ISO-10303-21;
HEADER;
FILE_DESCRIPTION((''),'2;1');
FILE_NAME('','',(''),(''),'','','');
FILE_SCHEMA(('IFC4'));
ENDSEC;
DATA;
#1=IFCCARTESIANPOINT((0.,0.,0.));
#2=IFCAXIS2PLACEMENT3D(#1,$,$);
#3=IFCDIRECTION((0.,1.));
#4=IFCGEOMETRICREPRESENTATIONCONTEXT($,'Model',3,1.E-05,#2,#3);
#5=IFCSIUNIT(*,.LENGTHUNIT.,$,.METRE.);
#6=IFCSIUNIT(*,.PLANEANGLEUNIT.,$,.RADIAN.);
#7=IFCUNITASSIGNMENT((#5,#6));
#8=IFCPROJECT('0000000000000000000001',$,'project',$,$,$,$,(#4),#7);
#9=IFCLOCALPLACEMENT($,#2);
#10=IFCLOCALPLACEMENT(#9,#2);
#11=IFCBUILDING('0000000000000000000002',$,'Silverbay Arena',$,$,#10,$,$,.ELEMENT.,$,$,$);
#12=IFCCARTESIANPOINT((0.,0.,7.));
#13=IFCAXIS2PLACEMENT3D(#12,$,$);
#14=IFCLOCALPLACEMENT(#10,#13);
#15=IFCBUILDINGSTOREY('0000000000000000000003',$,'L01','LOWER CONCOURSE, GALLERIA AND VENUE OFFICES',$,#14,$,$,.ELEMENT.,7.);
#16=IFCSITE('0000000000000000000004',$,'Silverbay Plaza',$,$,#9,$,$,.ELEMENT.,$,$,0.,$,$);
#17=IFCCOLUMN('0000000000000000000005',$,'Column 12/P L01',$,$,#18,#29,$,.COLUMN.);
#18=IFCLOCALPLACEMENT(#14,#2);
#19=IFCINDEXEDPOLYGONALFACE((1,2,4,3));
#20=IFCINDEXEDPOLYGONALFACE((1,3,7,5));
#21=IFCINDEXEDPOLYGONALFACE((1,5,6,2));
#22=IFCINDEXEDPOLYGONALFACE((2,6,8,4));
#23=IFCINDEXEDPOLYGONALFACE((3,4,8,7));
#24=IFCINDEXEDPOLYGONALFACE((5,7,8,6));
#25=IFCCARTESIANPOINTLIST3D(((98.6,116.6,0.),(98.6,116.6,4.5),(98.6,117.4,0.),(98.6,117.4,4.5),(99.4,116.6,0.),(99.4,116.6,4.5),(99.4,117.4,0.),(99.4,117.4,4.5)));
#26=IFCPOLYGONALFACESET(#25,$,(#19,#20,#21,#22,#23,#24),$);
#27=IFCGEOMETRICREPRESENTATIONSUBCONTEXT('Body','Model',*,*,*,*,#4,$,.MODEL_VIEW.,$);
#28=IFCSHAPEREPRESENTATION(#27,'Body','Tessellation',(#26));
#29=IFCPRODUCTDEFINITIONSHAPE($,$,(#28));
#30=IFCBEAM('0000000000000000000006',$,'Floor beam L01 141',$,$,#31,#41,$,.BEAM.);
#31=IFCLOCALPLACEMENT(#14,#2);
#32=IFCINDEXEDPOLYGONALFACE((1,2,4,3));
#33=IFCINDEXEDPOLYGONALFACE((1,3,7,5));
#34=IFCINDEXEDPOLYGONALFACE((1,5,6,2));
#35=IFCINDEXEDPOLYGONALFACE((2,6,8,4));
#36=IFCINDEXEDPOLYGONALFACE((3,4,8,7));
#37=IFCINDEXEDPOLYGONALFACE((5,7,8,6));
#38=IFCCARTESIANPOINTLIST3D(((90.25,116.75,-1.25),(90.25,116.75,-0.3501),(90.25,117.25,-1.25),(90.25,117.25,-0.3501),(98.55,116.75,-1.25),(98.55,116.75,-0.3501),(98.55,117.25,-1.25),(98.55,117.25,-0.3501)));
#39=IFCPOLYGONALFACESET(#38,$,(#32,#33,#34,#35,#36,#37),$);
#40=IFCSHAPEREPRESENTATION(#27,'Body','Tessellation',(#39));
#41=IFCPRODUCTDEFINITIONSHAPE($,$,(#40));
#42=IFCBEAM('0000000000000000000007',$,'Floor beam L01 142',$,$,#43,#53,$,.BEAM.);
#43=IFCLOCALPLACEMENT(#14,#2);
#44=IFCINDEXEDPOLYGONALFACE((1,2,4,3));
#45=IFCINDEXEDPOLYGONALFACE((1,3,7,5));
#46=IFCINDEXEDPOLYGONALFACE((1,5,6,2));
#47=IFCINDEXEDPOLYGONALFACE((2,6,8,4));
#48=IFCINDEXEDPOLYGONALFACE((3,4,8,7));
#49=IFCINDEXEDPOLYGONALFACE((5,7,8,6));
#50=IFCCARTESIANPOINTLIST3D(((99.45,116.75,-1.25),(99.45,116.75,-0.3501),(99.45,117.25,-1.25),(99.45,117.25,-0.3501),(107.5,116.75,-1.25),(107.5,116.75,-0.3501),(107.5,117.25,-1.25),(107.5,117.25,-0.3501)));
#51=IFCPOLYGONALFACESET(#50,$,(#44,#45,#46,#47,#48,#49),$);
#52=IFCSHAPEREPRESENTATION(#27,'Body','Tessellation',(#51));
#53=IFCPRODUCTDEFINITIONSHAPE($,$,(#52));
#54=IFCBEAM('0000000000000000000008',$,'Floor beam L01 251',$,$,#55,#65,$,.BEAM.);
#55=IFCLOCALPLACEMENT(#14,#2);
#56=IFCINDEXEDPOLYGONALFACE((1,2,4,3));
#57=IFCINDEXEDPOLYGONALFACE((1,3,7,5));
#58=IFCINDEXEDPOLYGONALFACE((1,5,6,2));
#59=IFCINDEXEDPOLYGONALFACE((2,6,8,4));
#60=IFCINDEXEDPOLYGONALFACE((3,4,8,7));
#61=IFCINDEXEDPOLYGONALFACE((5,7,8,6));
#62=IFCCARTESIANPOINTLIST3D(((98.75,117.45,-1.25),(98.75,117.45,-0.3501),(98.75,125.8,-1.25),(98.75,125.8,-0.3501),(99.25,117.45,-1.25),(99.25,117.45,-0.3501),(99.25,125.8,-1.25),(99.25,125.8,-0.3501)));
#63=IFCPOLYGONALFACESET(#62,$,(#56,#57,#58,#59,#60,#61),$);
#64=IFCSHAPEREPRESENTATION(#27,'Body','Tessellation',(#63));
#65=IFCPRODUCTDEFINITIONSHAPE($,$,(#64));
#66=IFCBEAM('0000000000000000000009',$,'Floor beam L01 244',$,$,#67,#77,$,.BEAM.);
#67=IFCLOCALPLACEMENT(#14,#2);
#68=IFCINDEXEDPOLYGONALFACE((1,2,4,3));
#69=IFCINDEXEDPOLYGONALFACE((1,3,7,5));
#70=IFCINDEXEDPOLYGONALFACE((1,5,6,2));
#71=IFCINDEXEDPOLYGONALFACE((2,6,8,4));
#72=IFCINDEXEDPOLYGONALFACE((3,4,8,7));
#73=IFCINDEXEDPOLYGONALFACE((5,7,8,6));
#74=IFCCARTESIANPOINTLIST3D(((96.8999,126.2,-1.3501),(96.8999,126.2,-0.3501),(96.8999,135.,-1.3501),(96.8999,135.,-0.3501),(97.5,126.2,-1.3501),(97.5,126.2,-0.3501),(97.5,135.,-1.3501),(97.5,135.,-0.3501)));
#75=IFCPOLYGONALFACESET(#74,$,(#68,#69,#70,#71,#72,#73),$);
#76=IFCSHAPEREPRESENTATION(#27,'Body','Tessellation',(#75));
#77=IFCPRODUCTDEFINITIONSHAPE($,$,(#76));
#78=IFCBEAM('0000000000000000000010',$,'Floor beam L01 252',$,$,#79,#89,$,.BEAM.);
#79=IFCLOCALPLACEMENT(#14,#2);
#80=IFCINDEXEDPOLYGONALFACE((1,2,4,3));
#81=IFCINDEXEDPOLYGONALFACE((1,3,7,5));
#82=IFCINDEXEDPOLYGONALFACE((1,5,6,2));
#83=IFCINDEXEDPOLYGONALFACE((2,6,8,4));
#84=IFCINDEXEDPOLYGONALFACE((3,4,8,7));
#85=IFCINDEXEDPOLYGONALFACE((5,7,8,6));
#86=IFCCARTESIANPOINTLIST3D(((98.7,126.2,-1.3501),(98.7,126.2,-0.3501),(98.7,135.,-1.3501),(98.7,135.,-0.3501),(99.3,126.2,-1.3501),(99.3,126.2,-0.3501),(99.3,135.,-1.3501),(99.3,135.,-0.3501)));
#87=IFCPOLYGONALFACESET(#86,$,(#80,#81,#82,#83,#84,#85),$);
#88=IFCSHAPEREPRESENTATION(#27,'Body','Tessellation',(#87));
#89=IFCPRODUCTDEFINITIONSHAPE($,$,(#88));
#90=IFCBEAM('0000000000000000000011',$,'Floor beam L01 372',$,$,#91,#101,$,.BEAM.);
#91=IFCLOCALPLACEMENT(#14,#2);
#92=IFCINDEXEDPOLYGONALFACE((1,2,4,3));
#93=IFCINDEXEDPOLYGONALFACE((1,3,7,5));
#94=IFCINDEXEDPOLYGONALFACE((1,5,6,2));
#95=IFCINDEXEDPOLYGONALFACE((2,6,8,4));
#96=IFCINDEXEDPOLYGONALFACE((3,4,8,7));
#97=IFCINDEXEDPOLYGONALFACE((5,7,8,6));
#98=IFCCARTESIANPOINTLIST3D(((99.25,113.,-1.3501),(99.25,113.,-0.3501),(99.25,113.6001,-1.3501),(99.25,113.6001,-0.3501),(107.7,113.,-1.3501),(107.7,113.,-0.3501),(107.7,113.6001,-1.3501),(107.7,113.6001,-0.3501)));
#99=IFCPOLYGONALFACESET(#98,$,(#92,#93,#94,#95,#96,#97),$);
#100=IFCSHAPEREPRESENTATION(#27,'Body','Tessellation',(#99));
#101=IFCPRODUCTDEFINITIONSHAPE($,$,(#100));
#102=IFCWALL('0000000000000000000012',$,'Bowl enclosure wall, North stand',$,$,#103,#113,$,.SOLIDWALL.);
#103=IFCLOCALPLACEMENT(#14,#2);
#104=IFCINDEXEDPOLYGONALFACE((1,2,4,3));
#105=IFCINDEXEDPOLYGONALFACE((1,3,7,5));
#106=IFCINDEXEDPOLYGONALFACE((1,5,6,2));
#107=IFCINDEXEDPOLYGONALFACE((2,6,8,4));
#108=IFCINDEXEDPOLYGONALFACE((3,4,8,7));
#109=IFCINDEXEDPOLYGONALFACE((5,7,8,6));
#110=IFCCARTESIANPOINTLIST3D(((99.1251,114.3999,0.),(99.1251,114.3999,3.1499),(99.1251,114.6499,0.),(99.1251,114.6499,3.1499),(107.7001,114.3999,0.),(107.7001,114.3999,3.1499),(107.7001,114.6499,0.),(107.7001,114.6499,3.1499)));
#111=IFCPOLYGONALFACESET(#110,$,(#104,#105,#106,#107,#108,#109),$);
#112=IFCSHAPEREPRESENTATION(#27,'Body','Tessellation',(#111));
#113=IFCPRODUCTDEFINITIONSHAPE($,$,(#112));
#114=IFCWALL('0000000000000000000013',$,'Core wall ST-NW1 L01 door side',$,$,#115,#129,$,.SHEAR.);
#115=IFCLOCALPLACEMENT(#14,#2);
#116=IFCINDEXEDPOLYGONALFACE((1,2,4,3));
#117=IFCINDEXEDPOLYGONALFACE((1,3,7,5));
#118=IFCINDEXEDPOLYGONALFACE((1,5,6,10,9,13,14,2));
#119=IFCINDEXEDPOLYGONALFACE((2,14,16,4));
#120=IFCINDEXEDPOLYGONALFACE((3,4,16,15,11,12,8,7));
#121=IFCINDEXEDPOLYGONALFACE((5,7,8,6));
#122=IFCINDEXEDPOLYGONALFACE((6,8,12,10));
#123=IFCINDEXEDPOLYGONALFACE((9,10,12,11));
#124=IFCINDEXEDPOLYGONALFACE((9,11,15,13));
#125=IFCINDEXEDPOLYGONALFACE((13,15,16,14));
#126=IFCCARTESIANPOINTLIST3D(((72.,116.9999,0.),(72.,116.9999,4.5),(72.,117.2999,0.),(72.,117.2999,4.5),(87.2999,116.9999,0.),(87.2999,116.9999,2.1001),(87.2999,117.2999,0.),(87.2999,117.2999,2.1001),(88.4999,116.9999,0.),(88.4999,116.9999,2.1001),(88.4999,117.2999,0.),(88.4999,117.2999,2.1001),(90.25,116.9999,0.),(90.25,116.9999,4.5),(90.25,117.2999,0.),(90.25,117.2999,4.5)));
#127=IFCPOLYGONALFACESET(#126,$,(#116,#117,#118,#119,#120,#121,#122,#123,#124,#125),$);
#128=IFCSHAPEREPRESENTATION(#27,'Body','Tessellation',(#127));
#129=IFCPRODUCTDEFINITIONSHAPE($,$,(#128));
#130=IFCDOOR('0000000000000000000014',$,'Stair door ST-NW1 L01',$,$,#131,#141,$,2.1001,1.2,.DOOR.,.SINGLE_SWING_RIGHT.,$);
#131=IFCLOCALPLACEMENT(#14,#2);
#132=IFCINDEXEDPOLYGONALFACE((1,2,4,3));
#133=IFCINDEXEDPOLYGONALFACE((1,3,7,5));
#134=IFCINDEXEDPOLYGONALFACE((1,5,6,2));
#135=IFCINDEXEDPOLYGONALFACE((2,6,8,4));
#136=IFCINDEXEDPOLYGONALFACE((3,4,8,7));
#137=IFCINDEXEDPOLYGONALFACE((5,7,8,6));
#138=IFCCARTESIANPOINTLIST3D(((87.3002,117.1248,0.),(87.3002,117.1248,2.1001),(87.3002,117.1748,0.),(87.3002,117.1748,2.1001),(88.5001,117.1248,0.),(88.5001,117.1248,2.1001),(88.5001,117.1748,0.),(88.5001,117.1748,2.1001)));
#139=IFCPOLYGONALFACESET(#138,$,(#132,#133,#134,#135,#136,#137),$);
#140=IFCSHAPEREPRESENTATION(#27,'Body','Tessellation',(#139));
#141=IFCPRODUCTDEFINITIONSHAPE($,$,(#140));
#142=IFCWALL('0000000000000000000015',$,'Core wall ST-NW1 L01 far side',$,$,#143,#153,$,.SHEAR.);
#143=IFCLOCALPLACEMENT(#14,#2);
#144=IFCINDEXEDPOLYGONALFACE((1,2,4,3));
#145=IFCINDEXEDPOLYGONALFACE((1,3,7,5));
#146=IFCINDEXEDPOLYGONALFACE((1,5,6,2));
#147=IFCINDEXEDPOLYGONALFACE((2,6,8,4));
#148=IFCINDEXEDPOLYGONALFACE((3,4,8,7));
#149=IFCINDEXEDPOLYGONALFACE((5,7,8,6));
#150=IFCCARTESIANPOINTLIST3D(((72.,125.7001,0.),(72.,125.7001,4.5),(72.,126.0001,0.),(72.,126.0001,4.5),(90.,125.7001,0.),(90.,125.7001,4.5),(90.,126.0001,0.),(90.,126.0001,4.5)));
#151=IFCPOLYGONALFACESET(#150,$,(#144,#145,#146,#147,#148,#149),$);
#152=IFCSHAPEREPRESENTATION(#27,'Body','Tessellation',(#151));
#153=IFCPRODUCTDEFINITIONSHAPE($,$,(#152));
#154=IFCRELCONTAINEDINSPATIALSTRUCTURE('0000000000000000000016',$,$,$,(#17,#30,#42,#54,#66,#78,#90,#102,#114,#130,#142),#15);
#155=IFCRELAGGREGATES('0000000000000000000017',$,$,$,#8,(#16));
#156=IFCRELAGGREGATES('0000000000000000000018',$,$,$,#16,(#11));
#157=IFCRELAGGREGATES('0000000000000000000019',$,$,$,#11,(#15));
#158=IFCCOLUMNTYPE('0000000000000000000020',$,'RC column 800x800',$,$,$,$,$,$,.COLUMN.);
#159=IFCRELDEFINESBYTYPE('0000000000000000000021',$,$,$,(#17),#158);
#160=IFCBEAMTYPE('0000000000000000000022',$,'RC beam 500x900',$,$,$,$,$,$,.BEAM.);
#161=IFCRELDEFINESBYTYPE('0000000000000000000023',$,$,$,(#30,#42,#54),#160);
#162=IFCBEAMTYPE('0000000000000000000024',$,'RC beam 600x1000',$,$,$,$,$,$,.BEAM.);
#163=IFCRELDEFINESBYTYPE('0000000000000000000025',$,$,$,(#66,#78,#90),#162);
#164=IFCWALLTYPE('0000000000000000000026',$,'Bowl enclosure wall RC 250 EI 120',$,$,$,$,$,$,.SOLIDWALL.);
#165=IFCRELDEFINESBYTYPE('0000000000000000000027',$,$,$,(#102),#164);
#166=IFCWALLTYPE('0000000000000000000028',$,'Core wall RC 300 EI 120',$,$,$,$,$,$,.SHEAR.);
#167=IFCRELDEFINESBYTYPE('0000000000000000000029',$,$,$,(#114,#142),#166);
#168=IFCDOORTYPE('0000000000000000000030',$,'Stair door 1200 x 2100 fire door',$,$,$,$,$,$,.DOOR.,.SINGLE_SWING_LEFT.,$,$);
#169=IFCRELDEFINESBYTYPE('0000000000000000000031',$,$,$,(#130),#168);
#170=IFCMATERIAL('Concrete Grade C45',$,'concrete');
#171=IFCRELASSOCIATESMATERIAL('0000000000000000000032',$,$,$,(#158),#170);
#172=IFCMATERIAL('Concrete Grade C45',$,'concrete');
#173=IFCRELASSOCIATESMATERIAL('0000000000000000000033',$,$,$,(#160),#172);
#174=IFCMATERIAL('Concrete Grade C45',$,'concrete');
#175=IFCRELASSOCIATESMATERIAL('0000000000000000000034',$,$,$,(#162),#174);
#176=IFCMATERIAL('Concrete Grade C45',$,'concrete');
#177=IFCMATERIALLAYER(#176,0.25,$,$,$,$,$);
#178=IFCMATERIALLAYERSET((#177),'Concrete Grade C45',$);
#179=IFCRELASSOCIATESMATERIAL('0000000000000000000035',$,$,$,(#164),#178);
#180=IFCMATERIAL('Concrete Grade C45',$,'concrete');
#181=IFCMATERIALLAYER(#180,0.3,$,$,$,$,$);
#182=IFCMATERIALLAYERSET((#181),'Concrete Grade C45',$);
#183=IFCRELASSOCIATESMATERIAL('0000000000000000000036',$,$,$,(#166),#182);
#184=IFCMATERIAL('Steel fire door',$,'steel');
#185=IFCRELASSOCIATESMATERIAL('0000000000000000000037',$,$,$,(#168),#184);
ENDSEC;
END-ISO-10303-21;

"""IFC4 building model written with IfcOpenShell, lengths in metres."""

from ifc_helpers import new_model, si_unit, direction, frame, frame_2d, origin, origin_2d, place, context, subcontext, project, spatial, rectangle, extrude, material, layer, layer_set, material_profile, profile_set, type_object, element, fill, save


model = new_model("IFC4")

# Units and contexts
model_context = context("Model", 3, precision=1e-05, world=origin(), true_north=direction((0.0, 1.0)))
body_context = subcontext(model_context, "Body", "Model", "MODEL_VIEW")
ifc_project = project(units=[si_unit("LENGTHUNIT", "METRE"), si_unit("PLANEANGLEUNIT", "RADIAN")], contexts=[model_context])

# Site, building, storey
site_placement = place(None, origin())
site = spatial("IfcSite", under=ifc_project, at=site_placement, Name="Silverbay Plaza", CompositionType="ELEMENT", RefElevation=0.0)
building_placement = place(site_placement, origin())
building = spatial("IfcBuilding", under=site, at=building_placement, Name="Silverbay Arena", CompositionType="ELEMENT")
storey_placement = place(building_placement, frame((0.0, 0.0, 7.0)))
storey = spatial("IfcBuildingStorey", under=building, at=storey_placement, Name="L01", Description="LOWER CONCOURSE, GALLERIA AND VENUE OFFICES", CompositionType="ELEMENT", Elevation=7.0)

# Column
ifc_material_1 = material(Name="Concrete Grade C45", Category="concrete")
ifc_material_profile_1 = material_profile(ifc_material_1, rectangle(XDim=0.8, YDim=0.8, at=origin_2d()), Name="RC 800x800")
ifc_profile_set_1 = profile_set([ifc_material_profile_1], Name="Concrete Grade C45")
column_type = type_object("IfcColumnType", Name="RC column 800x800", PredefinedType="COLUMN", material=ifc_profile_set_1)
column_placement = place(storey_placement, frame((99.0, 117.0, 0.0), z_axis=(0.0, 0.0, 1.0), x_axis=(1.0, 0.0, 0.0)))
element("IfcColumn", 1, at=column_placement, inside=storey, type_object=column_type, Name="Column 12/P L01", PredefinedType="COLUMN", context=body_context, shape_type="SweptSolid", body=[
    extrude(rectangle(XDim=0.8, YDim=0.8, at=origin_2d()), origin(), (0.0, 0.0, 1.0), 4.5),
])

# Beams
ifc_material_2 = material(Name="Concrete Grade C45", Category="concrete")
ifc_material_profile_2 = material_profile(ifc_material_2, rectangle(XDim=0.5, YDim=0.8999, at=origin_2d()), Name="RC 500x900")
ifc_profile_set_2 = profile_set([ifc_material_profile_2], Name="Concrete Grade C45")
beam_type_1 = type_object("IfcBeamType", Name="RC beam 500x900", PredefinedType="BEAM", material=ifc_profile_set_2)
beam_1_placement = place(storey_placement, frame((90.25, 117.0, -0.8), z_axis=(1.0, 0.0, 0.0), x_axis=(0.0, 1.0, 0.0)))
element("IfcBeam", 2, at=beam_1_placement, inside=storey, type_object=beam_type_1, Name="Floor beam L01 141", PredefinedType="BEAM", context=body_context, shape_type="SweptSolid", body=[
    extrude(rectangle(XDim=0.5, YDim=0.8999, at=origin_2d()), origin(), (0.0, 0.0, 1.0), 8.3),
])
beam_2_placement = place(storey_placement, frame((99.45, 117.0, -0.8), z_axis=(1.0, 0.0, 0.0), x_axis=(0.0, 1.0, 0.0)))
element("IfcBeam", 3, at=beam_2_placement, inside=storey, type_object=beam_type_1, Name="Floor beam L01 142", PredefinedType="BEAM", context=body_context, shape_type="SweptSolid", body=[
    extrude(rectangle(XDim=0.5, YDim=0.8999, at=origin_2d()), origin(), (0.0, 0.0, 1.0), 8.05),
])
beam_3_placement = place(storey_placement, frame((99.0, 117.45, -0.8), z_axis=(0.0, 1.0, 0.0), x_axis=(-1.0, 0.0, 0.0)))
element("IfcBeam", 4, at=beam_3_placement, inside=storey, type_object=beam_type_1, Name="Floor beam L01 251", PredefinedType="BEAM", context=body_context, shape_type="SweptSolid", body=[
    extrude(rectangle(XDim=0.5, YDim=0.8999, at=origin_2d()), origin(), (0.0, 0.0, 1.0), 8.3501),
])
ifc_material_3 = material(Name="Concrete Grade C45", Category="concrete")
ifc_material_profile_3 = material_profile(ifc_material_3, rectangle(XDim=0.6001, YDim=1.0, at=origin_2d()), Name="RC 600x1000")
ifc_profile_set_3 = profile_set([ifc_material_profile_3], Name="Concrete Grade C45")
beam_type_2 = type_object("IfcBeamType", Name="RC beam 600x1000", PredefinedType="BEAM", material=ifc_profile_set_3)
for number, where, z_axis, x_axis, name in (
    (5, (97.2, 126.2, -0.8501), (0.0, 1.0, 0.0), (-1.0, 0.0, 0.0), "Floor beam L01 244"),
    (6, (99.0, 126.2, -0.8501), (0.0, 1.0, 0.0), (-1.0, 0.0, 0.0), "Floor beam L01 252"),
):
    element("IfcBeam", number, at=place(storey_placement, frame(where, z_axis=z_axis, x_axis=x_axis)), inside=storey, type_object=beam_type_2, Name=name, PredefinedType="BEAM", context=body_context, shape_type="SweptSolid", body=[
        extrude(rectangle(XDim=0.6001, YDim=1.0, at=origin_2d()), origin(), (0.0, 0.0, 1.0), 8.8),
    ])
beam_4_placement = place(storey_placement, frame((99.25, 113.3, -0.8501), z_axis=(1.0, 0.0, 0.0), x_axis=(0.0, 1.0, 0.0)))
element("IfcBeam", 7, at=beam_4_placement, inside=storey, type_object=beam_type_2, Name="Floor beam L01 372", PredefinedType="BEAM", context=body_context, shape_type="SweptSolid", body=[
    extrude(rectangle(XDim=0.6001, YDim=1.0, at=origin_2d()), origin(), (0.0, 0.0, 1.0), 8.45),
])

# Wall
ifc_material_4 = material(Name="Concrete Grade C45", Category="concrete")
ifc_layer_1 = layer(ifc_material_4, 0.25)
ifc_layer_set_1 = layer_set([ifc_layer_1], Name="Concrete Grade C45")
wall_type_1 = type_object("IfcWallType", Name="Bowl enclosure wall RC 250 EI 120", PredefinedType="SOLIDWALL", material=ifc_layer_set_1)
wall_1_placement = place(storey_placement, frame((99.125, 114.5249, 0.0), z_axis=(0.0, 0.0, 1.0), x_axis=(1.0, 0.0, 0.0)))
element("IfcWall", 8, at=wall_1_placement, inside=storey, type_object=wall_type_1, Name="Bowl enclosure wall, North stand", PredefinedType="SOLIDWALL", context=body_context, shape_type="SweptSolid", body=[
    extrude(rectangle(XDim=8.575, YDim=0.25, at=frame_2d((4.2876, 0.0))), origin(), (0.0, 0.0, 1.0), 3.1499),
])

# Wall, opening, door
ifc_material_5 = material(Name="Concrete Grade C45", Category="concrete")
ifc_layer_2 = layer(ifc_material_5, 0.3)
ifc_layer_set_2 = layer_set([ifc_layer_2], Name="Concrete Grade C45")
wall_type_2 = type_object("IfcWallType", Name="Core wall RC 300 EI 120", PredefinedType="SHEAR", material=ifc_layer_set_2)
wall_2_placement = place(storey_placement, frame((90.25, 117.1499, 0.0), z_axis=(0.0, 0.0, 1.0), x_axis=(-1.0, 0.0, 0.0)))
wall_2 = element("IfcWall", 9, at=wall_2_placement, inside=storey, type_object=wall_type_2, Name="Core wall ST-NW1 L01 door side", PredefinedType="SHEAR", context=body_context, shape_type="SweptSolid", body=[
    extrude(rectangle(XDim=18.25, YDim=0.3, at=frame_2d((9.125, 0.0))), origin(), (0.0, 0.0, 1.0), 4.5),
])
opening_1_placement = place(wall_2_placement, frame((1.75, 0.0, 0.0)))
opening_1 = element("IfcOpeningElement", 10, at=opening_1_placement, cuts=wall_2, PredefinedType="OPENING", context=body_context, shape_type="SweptSolid", body=[
    extrude(rectangle(XDim=1.2, YDim=2.1001, at=frame_2d((0.6001, 1.05))), frame((0.0, 0.1602, 0.0), z_axis=(0.0, -1.0, 0.0), x_axis=(1.0, 0.0, 0.0)), (0.0, 0.0, 1.0), 0.3201),
])
ifc_material_6 = material(Name="Steel fire door", Category="steel")
door_type_1 = type_object("IfcDoorType", Name="Stair door 1200 x 2100 fire door", OperationType="SINGLE_SWING_LEFT", PredefinedType="DOOR", material=ifc_material_6)
door_1_placement = place(opening_1_placement, frame((1.2, 0.0, 0.0), z_axis=(0.0, 0.0, 1.0), x_axis=(-1.0, 0.0, 0.0)))
door_1 = element("IfcDoor", 11, at=door_1_placement, inside=storey, type_object=door_type_1, Name="Stair door ST-NW1 L01", OperationType="SINGLE_SWING_RIGHT", OverallHeight=2.1001, OverallWidth=1.2, PredefinedType="DOOR", context=body_context, shape_type="SweptSolid", body=[
    extrude(rectangle(XDim=1.2, YDim=2.1001, at=frame_2d((0.6001, 1.05))), frame((0.0, 0.0249, 0.0), z_axis=(0.0, -1.0, 0.0), x_axis=(1.0, 0.0, 0.0)), (0.0, 0.0, 1.0), 0.05),
])
fill(opening_1, door_1)

# Wall
wall_3_placement = place(storey_placement, frame((90.0, 125.8501, 0.0), z_axis=(0.0, 0.0, 1.0), x_axis=(-1.0, 0.0, 0.0)))
element("IfcWall", 12, at=wall_3_placement, inside=storey, type_object=wall_type_2, Name="Core wall ST-NW1 L01 far side", PredefinedType="SHEAR", context=body_context, shape_type="SweptSolid", body=[
    extrude(rectangle(XDim=18.0, YDim=0.3, at=frame_2d((9.0, 0.0))), origin(), (0.0, 0.0, 1.0), 4.5),
])

save(model, "model.ifc")
